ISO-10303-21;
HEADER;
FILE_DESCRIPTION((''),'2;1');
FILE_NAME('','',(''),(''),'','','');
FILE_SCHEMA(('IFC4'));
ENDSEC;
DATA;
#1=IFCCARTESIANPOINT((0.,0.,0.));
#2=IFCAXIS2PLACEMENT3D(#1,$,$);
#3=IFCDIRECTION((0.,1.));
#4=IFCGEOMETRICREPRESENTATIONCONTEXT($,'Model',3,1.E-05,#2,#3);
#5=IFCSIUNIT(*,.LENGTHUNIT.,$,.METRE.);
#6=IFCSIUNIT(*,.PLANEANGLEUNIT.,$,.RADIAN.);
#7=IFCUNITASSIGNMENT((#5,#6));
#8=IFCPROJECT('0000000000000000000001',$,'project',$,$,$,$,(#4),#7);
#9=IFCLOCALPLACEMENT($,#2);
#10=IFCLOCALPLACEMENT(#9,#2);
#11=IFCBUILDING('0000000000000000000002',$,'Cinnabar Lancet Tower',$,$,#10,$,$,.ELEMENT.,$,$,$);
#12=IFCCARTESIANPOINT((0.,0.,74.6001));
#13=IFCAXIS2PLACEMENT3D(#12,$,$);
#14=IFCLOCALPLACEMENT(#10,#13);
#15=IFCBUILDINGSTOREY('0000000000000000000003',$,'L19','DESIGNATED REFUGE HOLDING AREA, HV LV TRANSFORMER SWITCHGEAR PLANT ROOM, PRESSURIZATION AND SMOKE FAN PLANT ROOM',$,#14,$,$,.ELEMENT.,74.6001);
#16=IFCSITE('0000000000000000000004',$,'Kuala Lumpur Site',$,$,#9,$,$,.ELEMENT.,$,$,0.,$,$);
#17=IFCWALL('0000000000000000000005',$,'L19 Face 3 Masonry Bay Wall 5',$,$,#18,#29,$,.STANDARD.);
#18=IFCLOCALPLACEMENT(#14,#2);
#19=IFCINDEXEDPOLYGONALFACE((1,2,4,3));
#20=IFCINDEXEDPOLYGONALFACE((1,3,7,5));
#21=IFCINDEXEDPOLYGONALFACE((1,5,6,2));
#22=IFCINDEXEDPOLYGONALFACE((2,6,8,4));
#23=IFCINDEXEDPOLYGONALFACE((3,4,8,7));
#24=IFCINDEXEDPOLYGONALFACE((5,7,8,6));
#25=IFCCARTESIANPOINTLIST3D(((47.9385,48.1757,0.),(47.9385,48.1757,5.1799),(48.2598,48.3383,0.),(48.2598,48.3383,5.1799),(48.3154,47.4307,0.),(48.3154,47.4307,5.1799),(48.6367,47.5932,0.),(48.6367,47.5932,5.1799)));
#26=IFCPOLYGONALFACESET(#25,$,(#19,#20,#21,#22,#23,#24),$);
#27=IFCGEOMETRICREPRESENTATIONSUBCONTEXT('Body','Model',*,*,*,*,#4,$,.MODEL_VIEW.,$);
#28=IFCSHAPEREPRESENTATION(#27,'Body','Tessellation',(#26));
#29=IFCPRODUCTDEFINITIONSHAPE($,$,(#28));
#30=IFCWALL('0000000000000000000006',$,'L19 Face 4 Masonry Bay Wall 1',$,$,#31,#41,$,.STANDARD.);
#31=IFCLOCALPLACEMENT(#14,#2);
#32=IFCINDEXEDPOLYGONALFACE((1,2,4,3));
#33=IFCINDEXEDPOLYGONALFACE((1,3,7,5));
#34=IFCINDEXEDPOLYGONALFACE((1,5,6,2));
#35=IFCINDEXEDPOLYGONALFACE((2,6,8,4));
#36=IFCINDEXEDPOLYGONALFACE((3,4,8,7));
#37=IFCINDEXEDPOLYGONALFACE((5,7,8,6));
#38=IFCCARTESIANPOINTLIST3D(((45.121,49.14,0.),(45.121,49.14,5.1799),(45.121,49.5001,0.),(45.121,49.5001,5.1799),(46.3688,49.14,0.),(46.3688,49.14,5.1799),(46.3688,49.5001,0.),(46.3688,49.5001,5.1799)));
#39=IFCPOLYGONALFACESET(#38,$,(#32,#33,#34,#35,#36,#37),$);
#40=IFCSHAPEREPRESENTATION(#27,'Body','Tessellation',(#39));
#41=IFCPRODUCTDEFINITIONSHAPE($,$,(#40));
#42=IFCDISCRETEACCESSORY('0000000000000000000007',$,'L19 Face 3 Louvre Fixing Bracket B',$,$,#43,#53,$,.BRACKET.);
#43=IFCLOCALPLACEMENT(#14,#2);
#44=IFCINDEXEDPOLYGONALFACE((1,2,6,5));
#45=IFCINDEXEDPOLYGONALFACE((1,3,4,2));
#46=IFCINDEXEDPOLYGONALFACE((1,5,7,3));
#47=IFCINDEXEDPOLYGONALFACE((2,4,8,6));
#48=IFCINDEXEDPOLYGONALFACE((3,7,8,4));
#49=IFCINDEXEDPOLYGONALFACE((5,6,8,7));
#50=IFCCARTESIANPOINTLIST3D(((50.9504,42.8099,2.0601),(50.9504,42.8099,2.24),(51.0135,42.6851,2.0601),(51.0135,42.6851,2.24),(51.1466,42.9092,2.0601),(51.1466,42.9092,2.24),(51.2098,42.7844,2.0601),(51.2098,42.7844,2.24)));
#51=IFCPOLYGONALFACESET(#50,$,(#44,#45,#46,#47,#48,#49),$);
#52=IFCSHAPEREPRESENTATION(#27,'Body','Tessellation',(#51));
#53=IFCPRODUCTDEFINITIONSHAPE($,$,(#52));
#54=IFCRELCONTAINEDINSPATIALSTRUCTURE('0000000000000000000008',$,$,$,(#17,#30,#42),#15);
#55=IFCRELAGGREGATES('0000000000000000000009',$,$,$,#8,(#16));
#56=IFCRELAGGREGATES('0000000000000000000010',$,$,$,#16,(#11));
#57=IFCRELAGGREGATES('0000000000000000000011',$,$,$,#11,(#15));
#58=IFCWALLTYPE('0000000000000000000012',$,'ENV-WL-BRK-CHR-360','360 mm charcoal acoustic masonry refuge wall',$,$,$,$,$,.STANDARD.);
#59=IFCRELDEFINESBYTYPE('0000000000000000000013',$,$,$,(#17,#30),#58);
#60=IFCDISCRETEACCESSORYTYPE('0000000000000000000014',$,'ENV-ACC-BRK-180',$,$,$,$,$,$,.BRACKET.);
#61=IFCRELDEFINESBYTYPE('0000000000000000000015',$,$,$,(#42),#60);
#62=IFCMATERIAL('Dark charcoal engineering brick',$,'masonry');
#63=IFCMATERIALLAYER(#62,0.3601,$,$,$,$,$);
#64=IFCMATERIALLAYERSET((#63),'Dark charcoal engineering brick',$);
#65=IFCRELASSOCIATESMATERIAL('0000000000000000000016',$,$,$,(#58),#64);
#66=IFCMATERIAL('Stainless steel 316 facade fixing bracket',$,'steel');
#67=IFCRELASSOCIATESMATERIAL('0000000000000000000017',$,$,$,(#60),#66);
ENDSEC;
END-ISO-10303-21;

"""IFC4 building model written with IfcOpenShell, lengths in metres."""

from ifc_helpers import new_model, si_unit, direction, frame, frame_2d, origin, origin_2d, place, context, subcontext, project, spatial, rectangle, extrude, material, layer, layer_set, type_object, element, save


model = new_model("IFC4")

# Units and contexts
model_context = context("Model", 3, precision=1e-05, world=origin(), true_north=direction((0.0, 1.0)))
body_context = subcontext(model_context, "Body", "Model", "MODEL_VIEW")
ifc_project = project(units=[si_unit("LENGTHUNIT", "METRE"), si_unit("PLANEANGLEUNIT", "RADIAN")], contexts=[model_context])

# Site, building, storey
site_placement = place(None, origin())
site = spatial("IfcSite", under=ifc_project, at=site_placement, Name="Kuala Lumpur Site", CompositionType="ELEMENT", RefElevation=0.0)
building_placement = place(site_placement, origin())
building = spatial("IfcBuilding", under=site, at=building_placement, Name="Cinnabar Lancet Tower", CompositionType="ELEMENT")
storey_placement = place(building_placement, frame((0.0, 0.0, 74.6001)))
storey = spatial("IfcBuildingStorey", under=building, at=storey_placement, Name="L19", Description="DESIGNATED REFUGE HOLDING AREA, HV LV TRANSFORMER SWITCHGEAR PLANT ROOM, PRESSURIZATION AND SMOKE FAN PLANT ROOM", CompositionType="ELEMENT", Elevation=74.6001)

# Walls
ifc_material_1 = material(Name="Dark charcoal engineering brick", Category="masonry")
ifc_layer_1 = layer(ifc_material_1, 0.3601)
ifc_layer_set_1 = layer_set([ifc_layer_1], Name="Dark charcoal engineering brick")
wall_type = type_object("IfcWallType", Name="ENV-WL-BRK-CHR-360", Description="360 mm charcoal acoustic masonry refuge wall", PredefinedType="STANDARD", material=ifc_layer_set_1)
wall_1_placement = place(storey_placement, frame((48.4761, 47.512, 0.0), z_axis=(0.0, 0.0, 1.0), x_axis=(-0.451419, 0.892312, 0.0)))
element("IfcWall", 1, at=wall_1_placement, inside=storey, type_object=wall_type, Name="L19 Face 3 Masonry Bay Wall 5", PredefinedType="STANDARD", context=body_context, shape_type="SweptSolid", body=[
    extrude(rectangle(XDim=0.835, YDim=0.3601, at=frame_2d((0.4175, 0.0))), origin(), (0.0, 0.0, 1.0), 5.1799),
])
wall_2_placement = place(storey_placement, frame((46.3689, 49.3201, 0.0), z_axis=(0.0, 0.0, 1.0), x_axis=(-1.0, 0.0, 0.0)))
element("IfcWall", 2, at=wall_2_placement, inside=storey, type_object=wall_type, Name="L19 Face 4 Masonry Bay Wall 1", PredefinedType="STANDARD", context=body_context, shape_type="SweptSolid", body=[
    extrude(rectangle(XDim=1.2478, YDim=0.3601, at=frame_2d((0.624, 0.0))), origin(), (0.0, 0.0, 1.0), 5.1799),
])

# Discrete accessory
ifc_material_2 = material(Name="Stainless steel 316 facade fixing bracket", Category="steel")
discrete_accessory_type = type_object("IfcDiscreteAccessoryType", Name="ENV-ACC-BRK-180", PredefinedType="BRACKET", material=ifc_material_2)
discrete_accessory_placement = place(storey_placement, frame((51.0801, 42.7971, 2.0601), z_axis=(0.0, 0.0, 1.0), x_axis=(-0.451469, 0.892287, 0.0)))
element("IfcDiscreteAccessory", 3, at=discrete_accessory_placement, inside=storey, type_object=discrete_accessory_type, Name="L19 Face 3 Louvre Fixing Bracket B", PredefinedType="BRACKET", context=body_context, shape_type="SweptSolid", body=[
    extrude(rectangle(XDim=0.1399, YDim=0.22, at=origin_2d()), origin(), (0.0, 0.0, 1.0), 0.1799),
])

save(model, "model.ifc")
